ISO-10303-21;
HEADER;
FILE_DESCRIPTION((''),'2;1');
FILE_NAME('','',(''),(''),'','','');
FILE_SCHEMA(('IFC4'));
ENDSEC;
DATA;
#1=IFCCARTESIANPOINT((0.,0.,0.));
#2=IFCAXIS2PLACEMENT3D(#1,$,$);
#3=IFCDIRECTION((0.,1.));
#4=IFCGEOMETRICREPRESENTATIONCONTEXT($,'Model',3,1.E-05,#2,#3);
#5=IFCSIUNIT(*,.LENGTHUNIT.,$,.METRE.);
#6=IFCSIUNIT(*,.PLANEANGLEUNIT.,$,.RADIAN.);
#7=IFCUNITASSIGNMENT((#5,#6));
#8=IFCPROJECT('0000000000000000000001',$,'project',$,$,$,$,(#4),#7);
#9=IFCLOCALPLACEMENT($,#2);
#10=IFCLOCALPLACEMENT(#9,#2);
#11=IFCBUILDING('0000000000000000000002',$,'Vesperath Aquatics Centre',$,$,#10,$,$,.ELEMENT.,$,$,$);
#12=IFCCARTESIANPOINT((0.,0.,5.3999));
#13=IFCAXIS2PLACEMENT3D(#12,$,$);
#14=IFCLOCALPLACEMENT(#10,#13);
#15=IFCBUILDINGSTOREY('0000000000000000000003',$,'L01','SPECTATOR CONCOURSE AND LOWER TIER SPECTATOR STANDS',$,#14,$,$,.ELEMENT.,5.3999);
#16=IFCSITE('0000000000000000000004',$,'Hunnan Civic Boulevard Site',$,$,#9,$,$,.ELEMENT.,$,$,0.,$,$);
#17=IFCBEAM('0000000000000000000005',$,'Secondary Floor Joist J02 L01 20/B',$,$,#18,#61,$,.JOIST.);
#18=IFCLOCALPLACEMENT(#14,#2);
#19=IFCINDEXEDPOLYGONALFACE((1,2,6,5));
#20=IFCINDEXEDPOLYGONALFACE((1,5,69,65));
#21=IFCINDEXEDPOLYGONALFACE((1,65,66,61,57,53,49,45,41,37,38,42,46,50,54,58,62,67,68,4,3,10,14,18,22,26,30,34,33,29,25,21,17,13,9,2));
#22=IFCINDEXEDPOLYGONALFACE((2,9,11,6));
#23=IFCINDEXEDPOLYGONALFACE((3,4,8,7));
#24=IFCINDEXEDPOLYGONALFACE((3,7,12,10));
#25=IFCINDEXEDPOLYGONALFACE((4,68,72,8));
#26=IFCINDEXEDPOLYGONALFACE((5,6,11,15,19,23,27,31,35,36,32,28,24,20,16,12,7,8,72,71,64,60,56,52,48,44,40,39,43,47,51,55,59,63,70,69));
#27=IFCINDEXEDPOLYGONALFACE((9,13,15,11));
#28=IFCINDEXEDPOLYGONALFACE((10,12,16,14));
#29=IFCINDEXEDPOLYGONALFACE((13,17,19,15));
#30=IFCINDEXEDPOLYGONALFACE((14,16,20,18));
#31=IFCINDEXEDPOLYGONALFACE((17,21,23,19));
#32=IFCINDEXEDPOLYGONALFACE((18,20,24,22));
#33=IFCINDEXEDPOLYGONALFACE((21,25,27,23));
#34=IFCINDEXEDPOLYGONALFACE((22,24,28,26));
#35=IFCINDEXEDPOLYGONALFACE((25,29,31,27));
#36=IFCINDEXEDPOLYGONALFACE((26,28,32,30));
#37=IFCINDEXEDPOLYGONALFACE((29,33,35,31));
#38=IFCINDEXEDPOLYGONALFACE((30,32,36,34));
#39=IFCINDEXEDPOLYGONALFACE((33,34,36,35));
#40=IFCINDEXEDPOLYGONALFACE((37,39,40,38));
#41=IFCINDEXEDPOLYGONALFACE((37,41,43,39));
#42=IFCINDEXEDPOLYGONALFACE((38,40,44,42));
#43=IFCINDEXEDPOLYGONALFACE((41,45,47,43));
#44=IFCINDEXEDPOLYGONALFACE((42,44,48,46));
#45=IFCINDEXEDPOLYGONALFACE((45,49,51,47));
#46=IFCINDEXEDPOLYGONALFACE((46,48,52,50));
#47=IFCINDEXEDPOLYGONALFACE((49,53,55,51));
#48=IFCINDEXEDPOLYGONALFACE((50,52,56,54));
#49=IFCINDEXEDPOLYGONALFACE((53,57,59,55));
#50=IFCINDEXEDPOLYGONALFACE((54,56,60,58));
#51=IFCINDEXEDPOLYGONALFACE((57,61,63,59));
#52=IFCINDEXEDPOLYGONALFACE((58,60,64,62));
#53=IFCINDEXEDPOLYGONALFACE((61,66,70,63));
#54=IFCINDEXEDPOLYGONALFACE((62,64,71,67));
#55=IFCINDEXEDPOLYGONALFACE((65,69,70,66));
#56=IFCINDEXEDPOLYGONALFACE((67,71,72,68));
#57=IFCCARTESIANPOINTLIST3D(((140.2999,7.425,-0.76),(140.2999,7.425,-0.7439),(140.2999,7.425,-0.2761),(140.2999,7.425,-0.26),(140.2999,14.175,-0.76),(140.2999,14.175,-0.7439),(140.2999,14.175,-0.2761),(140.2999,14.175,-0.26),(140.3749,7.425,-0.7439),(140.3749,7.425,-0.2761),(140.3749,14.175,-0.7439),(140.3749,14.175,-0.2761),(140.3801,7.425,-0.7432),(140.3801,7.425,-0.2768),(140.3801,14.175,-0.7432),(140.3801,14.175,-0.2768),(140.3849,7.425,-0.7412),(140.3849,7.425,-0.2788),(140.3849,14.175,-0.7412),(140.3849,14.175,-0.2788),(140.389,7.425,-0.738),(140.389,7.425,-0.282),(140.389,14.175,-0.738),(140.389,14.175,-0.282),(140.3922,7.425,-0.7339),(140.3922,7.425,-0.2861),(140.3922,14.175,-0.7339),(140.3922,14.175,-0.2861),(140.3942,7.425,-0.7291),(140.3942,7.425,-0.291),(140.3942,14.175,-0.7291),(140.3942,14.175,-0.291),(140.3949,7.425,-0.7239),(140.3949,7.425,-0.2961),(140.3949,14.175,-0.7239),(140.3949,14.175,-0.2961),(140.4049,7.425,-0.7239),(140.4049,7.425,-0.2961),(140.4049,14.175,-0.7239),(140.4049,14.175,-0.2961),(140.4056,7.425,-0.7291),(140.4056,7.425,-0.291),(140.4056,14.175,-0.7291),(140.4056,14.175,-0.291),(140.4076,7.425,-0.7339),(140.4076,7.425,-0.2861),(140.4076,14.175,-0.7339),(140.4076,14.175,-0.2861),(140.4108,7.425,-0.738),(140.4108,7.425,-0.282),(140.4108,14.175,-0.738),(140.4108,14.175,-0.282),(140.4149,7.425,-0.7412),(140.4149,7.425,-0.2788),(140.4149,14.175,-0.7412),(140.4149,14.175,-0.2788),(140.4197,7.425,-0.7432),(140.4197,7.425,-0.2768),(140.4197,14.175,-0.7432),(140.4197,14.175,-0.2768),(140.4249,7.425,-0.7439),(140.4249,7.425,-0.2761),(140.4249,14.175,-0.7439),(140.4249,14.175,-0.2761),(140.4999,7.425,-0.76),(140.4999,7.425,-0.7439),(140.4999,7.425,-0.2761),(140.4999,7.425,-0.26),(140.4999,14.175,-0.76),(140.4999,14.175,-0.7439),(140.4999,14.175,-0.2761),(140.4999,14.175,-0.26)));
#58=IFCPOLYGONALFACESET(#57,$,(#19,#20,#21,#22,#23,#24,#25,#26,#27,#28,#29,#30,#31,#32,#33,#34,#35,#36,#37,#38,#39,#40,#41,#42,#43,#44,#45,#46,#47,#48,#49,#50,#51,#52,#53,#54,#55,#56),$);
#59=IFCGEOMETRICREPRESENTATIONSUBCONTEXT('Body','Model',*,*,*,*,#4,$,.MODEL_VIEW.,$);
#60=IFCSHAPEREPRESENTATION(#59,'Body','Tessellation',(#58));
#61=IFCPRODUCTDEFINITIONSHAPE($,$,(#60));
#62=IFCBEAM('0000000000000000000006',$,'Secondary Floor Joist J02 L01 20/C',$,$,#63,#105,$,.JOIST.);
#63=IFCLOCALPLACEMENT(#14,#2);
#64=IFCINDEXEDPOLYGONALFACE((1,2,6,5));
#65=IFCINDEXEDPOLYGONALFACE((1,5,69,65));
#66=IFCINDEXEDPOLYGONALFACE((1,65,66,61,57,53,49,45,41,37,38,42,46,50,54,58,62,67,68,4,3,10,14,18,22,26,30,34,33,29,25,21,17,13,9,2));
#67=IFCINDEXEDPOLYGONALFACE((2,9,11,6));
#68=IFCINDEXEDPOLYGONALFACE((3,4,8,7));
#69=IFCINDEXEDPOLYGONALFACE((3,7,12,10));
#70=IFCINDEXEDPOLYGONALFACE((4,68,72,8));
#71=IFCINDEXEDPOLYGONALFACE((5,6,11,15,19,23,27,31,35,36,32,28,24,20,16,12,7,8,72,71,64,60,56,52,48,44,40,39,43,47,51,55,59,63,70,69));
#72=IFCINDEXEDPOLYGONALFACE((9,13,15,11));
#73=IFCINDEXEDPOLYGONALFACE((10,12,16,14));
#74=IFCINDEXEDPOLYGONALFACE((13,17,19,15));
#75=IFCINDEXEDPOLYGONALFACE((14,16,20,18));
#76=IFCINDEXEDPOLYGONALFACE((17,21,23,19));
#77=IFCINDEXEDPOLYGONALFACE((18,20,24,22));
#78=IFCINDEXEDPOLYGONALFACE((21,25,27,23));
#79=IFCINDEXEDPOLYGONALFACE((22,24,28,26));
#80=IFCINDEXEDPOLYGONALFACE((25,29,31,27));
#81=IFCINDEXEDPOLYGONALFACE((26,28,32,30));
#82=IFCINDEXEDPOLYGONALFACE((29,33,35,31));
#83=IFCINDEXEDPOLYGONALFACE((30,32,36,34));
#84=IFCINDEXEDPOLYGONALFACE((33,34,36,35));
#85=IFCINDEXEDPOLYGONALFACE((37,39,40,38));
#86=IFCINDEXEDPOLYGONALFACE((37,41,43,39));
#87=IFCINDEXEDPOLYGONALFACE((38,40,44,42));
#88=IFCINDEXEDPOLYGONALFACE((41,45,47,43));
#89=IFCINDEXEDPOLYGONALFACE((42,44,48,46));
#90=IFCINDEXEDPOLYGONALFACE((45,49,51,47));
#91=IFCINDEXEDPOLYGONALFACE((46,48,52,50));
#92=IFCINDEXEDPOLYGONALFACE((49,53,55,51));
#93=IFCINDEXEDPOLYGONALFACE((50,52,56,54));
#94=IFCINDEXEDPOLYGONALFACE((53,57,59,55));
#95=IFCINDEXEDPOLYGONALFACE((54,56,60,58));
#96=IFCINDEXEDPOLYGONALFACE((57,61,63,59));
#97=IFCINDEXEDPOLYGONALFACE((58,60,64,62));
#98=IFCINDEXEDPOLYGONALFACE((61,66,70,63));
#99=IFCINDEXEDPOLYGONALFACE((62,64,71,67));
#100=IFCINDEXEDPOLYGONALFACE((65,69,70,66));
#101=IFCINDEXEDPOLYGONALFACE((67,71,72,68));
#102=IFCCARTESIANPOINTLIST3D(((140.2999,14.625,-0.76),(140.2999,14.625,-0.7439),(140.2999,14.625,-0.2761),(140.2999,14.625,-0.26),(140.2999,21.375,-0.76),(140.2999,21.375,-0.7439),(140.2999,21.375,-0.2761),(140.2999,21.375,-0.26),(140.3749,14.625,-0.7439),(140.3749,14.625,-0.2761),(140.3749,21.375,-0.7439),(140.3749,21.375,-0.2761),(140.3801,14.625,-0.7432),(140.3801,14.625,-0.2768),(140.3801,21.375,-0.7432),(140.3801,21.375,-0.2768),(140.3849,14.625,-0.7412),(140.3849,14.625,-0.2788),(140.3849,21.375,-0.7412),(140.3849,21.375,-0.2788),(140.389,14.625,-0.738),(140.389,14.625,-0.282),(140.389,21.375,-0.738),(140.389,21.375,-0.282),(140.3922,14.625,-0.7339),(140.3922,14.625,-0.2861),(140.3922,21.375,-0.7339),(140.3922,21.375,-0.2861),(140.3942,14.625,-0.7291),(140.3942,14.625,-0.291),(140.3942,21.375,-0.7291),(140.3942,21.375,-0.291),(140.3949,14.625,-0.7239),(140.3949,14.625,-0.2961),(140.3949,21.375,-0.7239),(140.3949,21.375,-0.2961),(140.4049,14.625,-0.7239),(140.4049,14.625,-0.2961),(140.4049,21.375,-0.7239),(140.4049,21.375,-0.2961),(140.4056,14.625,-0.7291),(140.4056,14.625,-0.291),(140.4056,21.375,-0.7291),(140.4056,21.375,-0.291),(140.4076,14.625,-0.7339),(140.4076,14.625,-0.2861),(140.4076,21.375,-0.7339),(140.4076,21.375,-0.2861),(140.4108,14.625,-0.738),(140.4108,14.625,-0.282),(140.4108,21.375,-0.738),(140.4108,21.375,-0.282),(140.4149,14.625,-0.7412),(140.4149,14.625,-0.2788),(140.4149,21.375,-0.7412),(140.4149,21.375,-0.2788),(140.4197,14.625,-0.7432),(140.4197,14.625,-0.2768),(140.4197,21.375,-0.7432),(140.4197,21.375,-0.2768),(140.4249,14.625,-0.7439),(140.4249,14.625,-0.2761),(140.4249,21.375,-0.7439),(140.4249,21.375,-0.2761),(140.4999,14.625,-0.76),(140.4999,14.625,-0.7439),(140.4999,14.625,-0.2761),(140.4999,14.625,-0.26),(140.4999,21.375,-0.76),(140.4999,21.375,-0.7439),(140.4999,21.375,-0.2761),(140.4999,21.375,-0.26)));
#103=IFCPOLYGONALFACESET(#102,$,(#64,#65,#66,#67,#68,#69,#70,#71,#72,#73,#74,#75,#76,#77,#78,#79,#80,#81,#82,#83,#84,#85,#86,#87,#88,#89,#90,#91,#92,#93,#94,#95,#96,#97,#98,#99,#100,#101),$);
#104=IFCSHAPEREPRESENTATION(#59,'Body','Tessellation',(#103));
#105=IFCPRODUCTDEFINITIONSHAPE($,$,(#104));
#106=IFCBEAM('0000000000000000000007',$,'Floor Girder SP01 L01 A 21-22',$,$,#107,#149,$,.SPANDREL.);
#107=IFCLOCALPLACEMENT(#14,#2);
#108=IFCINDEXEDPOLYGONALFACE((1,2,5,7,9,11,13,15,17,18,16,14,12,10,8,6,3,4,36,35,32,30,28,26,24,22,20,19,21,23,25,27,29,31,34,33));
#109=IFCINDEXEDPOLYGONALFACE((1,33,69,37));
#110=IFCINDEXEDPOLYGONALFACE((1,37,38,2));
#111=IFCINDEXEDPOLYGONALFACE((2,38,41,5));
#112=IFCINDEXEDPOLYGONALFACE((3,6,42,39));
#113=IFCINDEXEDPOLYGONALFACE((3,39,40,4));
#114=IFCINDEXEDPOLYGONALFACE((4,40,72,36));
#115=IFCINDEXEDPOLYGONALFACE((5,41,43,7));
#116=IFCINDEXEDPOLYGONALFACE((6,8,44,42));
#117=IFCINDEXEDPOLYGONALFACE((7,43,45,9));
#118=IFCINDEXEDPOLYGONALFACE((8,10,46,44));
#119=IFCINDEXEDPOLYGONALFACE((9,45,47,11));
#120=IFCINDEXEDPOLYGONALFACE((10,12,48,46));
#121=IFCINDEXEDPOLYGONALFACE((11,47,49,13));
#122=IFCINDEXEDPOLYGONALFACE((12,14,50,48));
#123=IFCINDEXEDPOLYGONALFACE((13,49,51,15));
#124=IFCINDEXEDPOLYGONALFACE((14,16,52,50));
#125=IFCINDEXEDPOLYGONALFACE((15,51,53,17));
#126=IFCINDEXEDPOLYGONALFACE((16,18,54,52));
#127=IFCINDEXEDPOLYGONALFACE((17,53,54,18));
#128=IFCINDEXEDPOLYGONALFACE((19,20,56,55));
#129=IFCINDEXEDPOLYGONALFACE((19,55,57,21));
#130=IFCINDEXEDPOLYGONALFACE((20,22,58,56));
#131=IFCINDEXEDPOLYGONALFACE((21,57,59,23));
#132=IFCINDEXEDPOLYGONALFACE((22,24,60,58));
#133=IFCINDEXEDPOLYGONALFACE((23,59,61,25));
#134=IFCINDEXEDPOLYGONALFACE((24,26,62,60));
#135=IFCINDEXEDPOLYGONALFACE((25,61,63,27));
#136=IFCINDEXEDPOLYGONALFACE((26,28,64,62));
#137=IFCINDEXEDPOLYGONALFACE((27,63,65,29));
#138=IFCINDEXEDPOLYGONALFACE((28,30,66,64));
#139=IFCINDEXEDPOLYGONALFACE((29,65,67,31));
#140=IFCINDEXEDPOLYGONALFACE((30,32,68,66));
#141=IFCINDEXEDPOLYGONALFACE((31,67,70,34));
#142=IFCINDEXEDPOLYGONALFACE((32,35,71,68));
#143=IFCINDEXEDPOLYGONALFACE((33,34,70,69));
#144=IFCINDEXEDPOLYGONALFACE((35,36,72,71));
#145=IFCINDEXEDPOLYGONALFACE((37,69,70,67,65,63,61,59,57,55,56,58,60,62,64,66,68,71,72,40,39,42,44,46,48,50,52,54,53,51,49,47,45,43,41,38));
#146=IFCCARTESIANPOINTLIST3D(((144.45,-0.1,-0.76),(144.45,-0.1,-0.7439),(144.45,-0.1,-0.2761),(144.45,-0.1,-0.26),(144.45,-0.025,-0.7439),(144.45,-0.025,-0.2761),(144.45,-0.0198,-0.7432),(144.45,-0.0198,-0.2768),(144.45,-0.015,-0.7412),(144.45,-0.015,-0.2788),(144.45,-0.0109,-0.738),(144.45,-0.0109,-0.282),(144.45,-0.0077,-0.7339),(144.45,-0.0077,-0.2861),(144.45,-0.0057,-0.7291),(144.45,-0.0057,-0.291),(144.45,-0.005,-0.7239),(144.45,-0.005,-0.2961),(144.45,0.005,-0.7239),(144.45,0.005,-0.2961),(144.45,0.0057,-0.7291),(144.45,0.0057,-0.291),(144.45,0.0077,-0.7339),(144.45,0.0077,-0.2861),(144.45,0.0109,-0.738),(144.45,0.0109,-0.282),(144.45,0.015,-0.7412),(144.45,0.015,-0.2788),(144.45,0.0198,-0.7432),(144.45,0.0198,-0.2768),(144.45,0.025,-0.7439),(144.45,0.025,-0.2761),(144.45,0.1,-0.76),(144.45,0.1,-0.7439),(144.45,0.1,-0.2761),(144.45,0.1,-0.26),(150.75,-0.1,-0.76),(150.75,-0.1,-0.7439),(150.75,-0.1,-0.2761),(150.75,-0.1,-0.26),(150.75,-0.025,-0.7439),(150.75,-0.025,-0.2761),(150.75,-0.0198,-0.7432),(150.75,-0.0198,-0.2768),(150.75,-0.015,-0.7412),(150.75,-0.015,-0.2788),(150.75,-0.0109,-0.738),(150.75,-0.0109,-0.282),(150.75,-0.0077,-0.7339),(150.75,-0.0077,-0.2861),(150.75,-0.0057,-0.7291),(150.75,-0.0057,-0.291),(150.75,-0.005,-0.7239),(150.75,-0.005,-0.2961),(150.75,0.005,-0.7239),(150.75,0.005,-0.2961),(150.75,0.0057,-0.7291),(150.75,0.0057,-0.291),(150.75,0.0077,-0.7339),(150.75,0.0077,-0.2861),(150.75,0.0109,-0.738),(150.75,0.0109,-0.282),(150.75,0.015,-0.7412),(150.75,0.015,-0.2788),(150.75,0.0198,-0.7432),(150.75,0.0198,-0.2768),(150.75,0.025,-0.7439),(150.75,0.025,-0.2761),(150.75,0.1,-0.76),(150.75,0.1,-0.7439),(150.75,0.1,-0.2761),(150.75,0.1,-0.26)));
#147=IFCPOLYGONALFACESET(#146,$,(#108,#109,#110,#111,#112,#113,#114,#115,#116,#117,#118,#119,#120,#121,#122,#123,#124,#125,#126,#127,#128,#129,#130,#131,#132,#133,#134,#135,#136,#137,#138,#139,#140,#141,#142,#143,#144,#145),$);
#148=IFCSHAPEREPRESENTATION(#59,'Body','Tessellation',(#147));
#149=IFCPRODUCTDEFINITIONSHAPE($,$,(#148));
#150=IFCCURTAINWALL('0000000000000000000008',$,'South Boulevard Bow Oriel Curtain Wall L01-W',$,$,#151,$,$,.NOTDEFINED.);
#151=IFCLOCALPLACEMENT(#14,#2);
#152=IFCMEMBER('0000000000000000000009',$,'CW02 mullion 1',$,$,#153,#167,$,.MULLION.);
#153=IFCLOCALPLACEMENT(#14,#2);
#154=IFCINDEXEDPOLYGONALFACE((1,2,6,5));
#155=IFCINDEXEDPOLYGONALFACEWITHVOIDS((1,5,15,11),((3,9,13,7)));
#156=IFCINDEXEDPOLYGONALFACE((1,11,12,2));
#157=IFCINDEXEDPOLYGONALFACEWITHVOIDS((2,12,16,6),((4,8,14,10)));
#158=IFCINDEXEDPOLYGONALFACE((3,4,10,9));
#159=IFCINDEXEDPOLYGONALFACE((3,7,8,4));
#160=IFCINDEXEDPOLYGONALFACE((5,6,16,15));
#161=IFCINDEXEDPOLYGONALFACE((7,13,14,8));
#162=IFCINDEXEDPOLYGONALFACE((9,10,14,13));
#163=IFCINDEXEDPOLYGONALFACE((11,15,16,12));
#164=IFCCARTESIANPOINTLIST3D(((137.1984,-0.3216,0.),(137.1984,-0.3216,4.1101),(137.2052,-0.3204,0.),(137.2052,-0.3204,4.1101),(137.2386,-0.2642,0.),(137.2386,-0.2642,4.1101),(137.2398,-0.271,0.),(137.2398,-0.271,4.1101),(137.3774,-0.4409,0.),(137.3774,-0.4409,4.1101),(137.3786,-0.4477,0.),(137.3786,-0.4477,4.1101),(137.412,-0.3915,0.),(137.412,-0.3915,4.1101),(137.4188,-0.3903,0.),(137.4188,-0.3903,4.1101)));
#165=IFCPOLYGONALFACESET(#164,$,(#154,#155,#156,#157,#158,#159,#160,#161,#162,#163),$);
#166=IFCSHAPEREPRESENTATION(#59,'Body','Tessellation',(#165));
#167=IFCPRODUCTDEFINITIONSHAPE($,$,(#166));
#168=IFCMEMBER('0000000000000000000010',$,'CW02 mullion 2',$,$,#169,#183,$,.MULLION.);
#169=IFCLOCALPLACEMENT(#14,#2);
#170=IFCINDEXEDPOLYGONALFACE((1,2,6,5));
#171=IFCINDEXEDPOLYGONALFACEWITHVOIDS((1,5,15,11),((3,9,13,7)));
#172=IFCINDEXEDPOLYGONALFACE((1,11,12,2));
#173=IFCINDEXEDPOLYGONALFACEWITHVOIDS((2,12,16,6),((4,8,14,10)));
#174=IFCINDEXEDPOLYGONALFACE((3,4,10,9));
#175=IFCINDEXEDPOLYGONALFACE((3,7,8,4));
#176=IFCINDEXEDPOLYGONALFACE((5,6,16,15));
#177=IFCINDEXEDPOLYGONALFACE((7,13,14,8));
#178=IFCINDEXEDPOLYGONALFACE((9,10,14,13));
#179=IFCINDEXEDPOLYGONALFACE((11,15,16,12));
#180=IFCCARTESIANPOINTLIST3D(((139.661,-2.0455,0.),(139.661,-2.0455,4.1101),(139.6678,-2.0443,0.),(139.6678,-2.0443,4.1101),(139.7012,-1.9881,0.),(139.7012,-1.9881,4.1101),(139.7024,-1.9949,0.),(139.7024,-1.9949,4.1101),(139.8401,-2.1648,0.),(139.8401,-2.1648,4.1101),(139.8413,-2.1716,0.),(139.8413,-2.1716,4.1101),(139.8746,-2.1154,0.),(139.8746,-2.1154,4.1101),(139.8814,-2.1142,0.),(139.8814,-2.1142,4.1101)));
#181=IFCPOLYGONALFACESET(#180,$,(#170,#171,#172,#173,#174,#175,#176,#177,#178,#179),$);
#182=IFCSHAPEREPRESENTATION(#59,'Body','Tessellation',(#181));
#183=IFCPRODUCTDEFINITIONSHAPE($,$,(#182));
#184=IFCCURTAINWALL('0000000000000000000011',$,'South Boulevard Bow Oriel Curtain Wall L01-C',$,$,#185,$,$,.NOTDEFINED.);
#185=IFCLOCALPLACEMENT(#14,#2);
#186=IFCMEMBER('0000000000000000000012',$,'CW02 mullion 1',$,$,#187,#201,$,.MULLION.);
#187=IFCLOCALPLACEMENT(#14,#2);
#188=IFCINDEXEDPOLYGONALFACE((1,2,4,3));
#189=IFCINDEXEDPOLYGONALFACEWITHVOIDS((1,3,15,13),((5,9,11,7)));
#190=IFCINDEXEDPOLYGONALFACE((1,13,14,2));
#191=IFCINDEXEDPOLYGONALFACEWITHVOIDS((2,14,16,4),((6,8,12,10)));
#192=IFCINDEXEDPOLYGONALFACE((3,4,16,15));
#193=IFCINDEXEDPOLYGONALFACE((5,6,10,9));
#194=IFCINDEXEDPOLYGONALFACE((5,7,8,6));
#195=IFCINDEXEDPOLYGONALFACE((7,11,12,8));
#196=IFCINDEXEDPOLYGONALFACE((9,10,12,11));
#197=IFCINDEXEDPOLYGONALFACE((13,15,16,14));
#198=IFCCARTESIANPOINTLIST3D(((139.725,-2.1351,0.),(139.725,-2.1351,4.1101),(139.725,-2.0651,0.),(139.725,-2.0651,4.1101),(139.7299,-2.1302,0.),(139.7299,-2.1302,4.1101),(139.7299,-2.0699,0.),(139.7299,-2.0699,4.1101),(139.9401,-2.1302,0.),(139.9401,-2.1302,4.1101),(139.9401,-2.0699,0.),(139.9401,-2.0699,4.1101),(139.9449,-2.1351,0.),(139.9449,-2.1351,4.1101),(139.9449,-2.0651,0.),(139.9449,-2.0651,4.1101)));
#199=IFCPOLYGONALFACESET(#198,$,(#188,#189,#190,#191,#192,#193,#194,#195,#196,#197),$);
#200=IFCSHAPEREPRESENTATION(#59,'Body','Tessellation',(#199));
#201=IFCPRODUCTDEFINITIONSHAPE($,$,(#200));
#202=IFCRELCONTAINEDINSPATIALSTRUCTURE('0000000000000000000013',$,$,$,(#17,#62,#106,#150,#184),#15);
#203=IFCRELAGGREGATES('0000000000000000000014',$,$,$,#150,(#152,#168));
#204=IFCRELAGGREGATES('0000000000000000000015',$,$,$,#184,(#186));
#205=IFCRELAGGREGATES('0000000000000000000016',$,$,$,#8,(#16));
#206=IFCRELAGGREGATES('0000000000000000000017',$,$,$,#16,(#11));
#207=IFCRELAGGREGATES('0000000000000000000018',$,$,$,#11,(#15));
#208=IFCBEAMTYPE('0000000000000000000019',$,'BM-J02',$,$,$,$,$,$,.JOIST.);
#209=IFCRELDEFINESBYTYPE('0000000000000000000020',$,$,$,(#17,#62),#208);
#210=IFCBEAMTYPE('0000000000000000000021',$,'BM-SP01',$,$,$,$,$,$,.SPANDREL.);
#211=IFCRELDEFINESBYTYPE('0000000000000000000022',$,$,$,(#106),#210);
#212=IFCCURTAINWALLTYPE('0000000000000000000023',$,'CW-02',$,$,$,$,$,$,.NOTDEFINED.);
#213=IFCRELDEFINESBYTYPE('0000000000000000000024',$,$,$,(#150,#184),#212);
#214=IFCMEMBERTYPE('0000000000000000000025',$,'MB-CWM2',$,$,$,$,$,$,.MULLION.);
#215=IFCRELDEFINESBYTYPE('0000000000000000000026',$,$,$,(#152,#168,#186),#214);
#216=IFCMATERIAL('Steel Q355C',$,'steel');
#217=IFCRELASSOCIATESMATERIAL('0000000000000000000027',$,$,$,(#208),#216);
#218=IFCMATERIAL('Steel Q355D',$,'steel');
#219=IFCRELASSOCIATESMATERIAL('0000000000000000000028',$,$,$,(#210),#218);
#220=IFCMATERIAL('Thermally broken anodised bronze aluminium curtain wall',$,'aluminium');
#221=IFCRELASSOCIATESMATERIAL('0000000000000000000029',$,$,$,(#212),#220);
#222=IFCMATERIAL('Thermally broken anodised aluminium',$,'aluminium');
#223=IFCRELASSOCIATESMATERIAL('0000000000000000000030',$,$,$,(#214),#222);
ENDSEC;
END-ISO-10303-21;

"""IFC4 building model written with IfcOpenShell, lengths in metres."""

from ifc_helpers import new_model, si_unit, direction, frame, origin, origin_2d, place, context, subcontext, project, spatial, hollow_rectangle, i_section, extrude, material, material_profile, profile_set, type_object, element, aggregate, save


model = new_model("IFC4")

# Units and contexts
model_context = context("Model", 3, precision=1e-05, world=origin(), true_north=direction((0.0, 1.0)))
body_context = subcontext(model_context, "Body", "Model", "MODEL_VIEW")
ifc_project = project(units=[si_unit("LENGTHUNIT", "METRE"), si_unit("PLANEANGLEUNIT", "RADIAN")], contexts=[model_context])

# Site, building, storey
site_placement = place(None, origin())
site = spatial("IfcSite", under=ifc_project, at=site_placement, Name="Hunnan Civic Boulevard Site", CompositionType="ELEMENT", RefElevation=0.0)
building_placement = place(site_placement, origin())
building = spatial("IfcBuilding", under=site, at=building_placement, Name="Vesperath Aquatics Centre", CompositionType="ELEMENT")
storey_placement = place(building_placement, frame((0.0, 0.0, 5.3999)))
storey = spatial("IfcBuildingStorey", under=building, at=storey_placement, Name="L01", Description="SPECTATOR CONCOURSE AND LOWER TIER SPECTATOR STANDS", CompositionType="ELEMENT", Elevation=5.3999)

# Beams
ifc_material_1 = material(Name="Steel Q355D", Category="steel")
ifc_material_2 = material(Name="Steel Q355C", Category="steel")
ifc_material_profile_1 = material_profile(ifc_material_2, i_section(OverallWidth=0.2, OverallDepth=0.5, WebThickness=0.01, FlangeThickness=0.0161, FilletRadius=0.02, at=origin_2d()), Name="HN 500x200x10x16")
ifc_profile_set_1 = profile_set([ifc_material_profile_1], Name="Steel Q355C")
beam_type_1 = type_object("IfcBeamType", Name="BM-J02", PredefinedType="JOIST", material=ifc_profile_set_1)
for number, where, z_axis, x_axis, name in (
    (1, (140.3999, 7.425, -0.51), (0.0, 1.0, 0.0), (-1.0, 0.0, 0.0), "Secondary Floor Joist J02 L01 20/B"),
    (2, (140.3999, 14.625, -0.51), (0.0, 1.0, 0.0), (-1.0, 0.0, 0.0), "Secondary Floor Joist J02 L01 20/C"),
):
    element("IfcBeam", number, at=place(storey_placement, frame(where, z_axis=z_axis, x_axis=x_axis)), inside=storey, type_object=beam_type_1, Name=name, PredefinedType="JOIST", context=body_context, shape_type="SweptSolid", body=[
        extrude(i_section(OverallWidth=0.2, OverallDepth=0.5, WebThickness=0.01, FlangeThickness=0.0161, FilletRadius=0.02, at=origin_2d()), origin(), (0.0, 0.0, 1.0), 6.75),
    ])
ifc_material_profile_2 = material_profile(ifc_material_1, i_section(OverallWidth=0.2, OverallDepth=0.5, WebThickness=0.01, FlangeThickness=0.0161, FilletRadius=0.02, at=origin_2d()), Name="HN 500x200x10x16")
ifc_profile_set_2 = profile_set([ifc_material_profile_2], Name="Steel Q355D")
beam_type_2 = type_object("IfcBeamType", Name="BM-SP01", PredefinedType="SPANDREL", material=ifc_profile_set_2)
beam_1_placement = place(storey_placement, frame((144.45, 0.0, -0.51), z_axis=(1.0, 0.0, 0.0), x_axis=(0.0, 1.0, 0.0)))
element("IfcBeam", 3, at=beam_1_placement, inside=storey, type_object=beam_type_2, Name="Floor Girder SP01 L01 A 21-22", PredefinedType="SPANDREL", context=body_context, shape_type="SweptSolid", body=[
    extrude(i_section(OverallWidth=0.2, OverallDepth=0.5, WebThickness=0.01, FlangeThickness=0.0161, FilletRadius=0.02, at=origin_2d()), origin(), (0.0, 0.0, 1.0), 6.3),
])

# Curtain walls, members
ifc_material_3 = material(Name="Thermally broken anodised bronze aluminium curtain wall", Category="aluminium")
curtain_wall_type = type_object("IfcCurtainWallType", Name="CW-02", PredefinedType="NOTDEFINED", material=ifc_material_3)
curtain_wall_1_placement = place(storey_placement, origin())
curtain_wall_1 = element("IfcCurtainWall", 4, at=curtain_wall_1_placement, inside=storey, type_object=curtain_wall_type, Name="South Boulevard Bow Oriel Curtain Wall L01-W", PredefinedType="NOTDEFINED")
ifc_material_4 = material(Name="Thermally broken anodised aluminium", Category="aluminium")
ifc_material_profile_3 = material_profile(ifc_material_4, hollow_rectangle(XDim=0.0701, YDim=0.22, WallThickness=0.0049, at=origin_2d()), Name="CWM 70x220x5")
ifc_profile_set_3 = profile_set([ifc_material_profile_3], Name="Thermally broken anodised aluminium")
member_type_1 = type_object("IfcMemberType", Name="MB-CWM2", PredefinedType="MULLION", material=ifc_profile_set_3)
member_1_placement = place(storey_placement, frame((137.3086, -0.356, 0.0), z_axis=(0.0, 0.0, 1.0), x_axis=(0.573462, 0.819232, 0.0)))
member_1 = element("IfcMember", 5, at=member_1_placement, type_object=member_type_1, Name="CW02 mullion 1", PredefinedType="MULLION", context=body_context, shape_type="SweptSolid", body=[
    extrude(hollow_rectangle(XDim=0.0701, YDim=0.22, WallThickness=0.0049, at=origin_2d()), origin(), (0.0, 0.0, 1.0), 4.1101),
])
member_2_placement = place(storey_placement, frame((139.7712, -2.0798, 0.0), z_axis=(0.0, 0.0, 1.0), x_axis=(0.573462, 0.819232, 0.0)))
member_2 = element("IfcMember", 6, at=member_2_placement, type_object=member_type_1, Name="CW02 mullion 2", PredefinedType="MULLION", context=body_context, shape_type="SweptSolid", body=[
    extrude(hollow_rectangle(XDim=0.0701, YDim=0.22, WallThickness=0.0049, at=origin_2d()), origin(), (0.0, 0.0, 1.0), 4.1101),
])
curtain_wall_2_placement = place(storey_placement, origin())
curtain_wall_2 = element("IfcCurtainWall", 7, at=curtain_wall_2_placement, inside=storey, type_object=curtain_wall_type, Name="South Boulevard Bow Oriel Curtain Wall L01-C", PredefinedType="NOTDEFINED")
member_3_placement = place(storey_placement, frame((139.835, -2.1001, 0.0), z_axis=(0.0, 0.0, 1.0), x_axis=(0.0, 1.0, 0.0)))
member_3 = element("IfcMember", 8, at=member_3_placement, type_object=member_type_1, Name="CW02 mullion 1", PredefinedType="MULLION", context=body_context, shape_type="SweptSolid", body=[
    extrude(hollow_rectangle(XDim=0.0701, YDim=0.22, WallThickness=0.0049, at=origin_2d()), origin(), (0.0, 0.0, 1.0), 4.1101),
])

aggregate(curtain_wall_1, [member_1, member_2])
aggregate(curtain_wall_2, [member_3])

save(model, "model.ifc")
